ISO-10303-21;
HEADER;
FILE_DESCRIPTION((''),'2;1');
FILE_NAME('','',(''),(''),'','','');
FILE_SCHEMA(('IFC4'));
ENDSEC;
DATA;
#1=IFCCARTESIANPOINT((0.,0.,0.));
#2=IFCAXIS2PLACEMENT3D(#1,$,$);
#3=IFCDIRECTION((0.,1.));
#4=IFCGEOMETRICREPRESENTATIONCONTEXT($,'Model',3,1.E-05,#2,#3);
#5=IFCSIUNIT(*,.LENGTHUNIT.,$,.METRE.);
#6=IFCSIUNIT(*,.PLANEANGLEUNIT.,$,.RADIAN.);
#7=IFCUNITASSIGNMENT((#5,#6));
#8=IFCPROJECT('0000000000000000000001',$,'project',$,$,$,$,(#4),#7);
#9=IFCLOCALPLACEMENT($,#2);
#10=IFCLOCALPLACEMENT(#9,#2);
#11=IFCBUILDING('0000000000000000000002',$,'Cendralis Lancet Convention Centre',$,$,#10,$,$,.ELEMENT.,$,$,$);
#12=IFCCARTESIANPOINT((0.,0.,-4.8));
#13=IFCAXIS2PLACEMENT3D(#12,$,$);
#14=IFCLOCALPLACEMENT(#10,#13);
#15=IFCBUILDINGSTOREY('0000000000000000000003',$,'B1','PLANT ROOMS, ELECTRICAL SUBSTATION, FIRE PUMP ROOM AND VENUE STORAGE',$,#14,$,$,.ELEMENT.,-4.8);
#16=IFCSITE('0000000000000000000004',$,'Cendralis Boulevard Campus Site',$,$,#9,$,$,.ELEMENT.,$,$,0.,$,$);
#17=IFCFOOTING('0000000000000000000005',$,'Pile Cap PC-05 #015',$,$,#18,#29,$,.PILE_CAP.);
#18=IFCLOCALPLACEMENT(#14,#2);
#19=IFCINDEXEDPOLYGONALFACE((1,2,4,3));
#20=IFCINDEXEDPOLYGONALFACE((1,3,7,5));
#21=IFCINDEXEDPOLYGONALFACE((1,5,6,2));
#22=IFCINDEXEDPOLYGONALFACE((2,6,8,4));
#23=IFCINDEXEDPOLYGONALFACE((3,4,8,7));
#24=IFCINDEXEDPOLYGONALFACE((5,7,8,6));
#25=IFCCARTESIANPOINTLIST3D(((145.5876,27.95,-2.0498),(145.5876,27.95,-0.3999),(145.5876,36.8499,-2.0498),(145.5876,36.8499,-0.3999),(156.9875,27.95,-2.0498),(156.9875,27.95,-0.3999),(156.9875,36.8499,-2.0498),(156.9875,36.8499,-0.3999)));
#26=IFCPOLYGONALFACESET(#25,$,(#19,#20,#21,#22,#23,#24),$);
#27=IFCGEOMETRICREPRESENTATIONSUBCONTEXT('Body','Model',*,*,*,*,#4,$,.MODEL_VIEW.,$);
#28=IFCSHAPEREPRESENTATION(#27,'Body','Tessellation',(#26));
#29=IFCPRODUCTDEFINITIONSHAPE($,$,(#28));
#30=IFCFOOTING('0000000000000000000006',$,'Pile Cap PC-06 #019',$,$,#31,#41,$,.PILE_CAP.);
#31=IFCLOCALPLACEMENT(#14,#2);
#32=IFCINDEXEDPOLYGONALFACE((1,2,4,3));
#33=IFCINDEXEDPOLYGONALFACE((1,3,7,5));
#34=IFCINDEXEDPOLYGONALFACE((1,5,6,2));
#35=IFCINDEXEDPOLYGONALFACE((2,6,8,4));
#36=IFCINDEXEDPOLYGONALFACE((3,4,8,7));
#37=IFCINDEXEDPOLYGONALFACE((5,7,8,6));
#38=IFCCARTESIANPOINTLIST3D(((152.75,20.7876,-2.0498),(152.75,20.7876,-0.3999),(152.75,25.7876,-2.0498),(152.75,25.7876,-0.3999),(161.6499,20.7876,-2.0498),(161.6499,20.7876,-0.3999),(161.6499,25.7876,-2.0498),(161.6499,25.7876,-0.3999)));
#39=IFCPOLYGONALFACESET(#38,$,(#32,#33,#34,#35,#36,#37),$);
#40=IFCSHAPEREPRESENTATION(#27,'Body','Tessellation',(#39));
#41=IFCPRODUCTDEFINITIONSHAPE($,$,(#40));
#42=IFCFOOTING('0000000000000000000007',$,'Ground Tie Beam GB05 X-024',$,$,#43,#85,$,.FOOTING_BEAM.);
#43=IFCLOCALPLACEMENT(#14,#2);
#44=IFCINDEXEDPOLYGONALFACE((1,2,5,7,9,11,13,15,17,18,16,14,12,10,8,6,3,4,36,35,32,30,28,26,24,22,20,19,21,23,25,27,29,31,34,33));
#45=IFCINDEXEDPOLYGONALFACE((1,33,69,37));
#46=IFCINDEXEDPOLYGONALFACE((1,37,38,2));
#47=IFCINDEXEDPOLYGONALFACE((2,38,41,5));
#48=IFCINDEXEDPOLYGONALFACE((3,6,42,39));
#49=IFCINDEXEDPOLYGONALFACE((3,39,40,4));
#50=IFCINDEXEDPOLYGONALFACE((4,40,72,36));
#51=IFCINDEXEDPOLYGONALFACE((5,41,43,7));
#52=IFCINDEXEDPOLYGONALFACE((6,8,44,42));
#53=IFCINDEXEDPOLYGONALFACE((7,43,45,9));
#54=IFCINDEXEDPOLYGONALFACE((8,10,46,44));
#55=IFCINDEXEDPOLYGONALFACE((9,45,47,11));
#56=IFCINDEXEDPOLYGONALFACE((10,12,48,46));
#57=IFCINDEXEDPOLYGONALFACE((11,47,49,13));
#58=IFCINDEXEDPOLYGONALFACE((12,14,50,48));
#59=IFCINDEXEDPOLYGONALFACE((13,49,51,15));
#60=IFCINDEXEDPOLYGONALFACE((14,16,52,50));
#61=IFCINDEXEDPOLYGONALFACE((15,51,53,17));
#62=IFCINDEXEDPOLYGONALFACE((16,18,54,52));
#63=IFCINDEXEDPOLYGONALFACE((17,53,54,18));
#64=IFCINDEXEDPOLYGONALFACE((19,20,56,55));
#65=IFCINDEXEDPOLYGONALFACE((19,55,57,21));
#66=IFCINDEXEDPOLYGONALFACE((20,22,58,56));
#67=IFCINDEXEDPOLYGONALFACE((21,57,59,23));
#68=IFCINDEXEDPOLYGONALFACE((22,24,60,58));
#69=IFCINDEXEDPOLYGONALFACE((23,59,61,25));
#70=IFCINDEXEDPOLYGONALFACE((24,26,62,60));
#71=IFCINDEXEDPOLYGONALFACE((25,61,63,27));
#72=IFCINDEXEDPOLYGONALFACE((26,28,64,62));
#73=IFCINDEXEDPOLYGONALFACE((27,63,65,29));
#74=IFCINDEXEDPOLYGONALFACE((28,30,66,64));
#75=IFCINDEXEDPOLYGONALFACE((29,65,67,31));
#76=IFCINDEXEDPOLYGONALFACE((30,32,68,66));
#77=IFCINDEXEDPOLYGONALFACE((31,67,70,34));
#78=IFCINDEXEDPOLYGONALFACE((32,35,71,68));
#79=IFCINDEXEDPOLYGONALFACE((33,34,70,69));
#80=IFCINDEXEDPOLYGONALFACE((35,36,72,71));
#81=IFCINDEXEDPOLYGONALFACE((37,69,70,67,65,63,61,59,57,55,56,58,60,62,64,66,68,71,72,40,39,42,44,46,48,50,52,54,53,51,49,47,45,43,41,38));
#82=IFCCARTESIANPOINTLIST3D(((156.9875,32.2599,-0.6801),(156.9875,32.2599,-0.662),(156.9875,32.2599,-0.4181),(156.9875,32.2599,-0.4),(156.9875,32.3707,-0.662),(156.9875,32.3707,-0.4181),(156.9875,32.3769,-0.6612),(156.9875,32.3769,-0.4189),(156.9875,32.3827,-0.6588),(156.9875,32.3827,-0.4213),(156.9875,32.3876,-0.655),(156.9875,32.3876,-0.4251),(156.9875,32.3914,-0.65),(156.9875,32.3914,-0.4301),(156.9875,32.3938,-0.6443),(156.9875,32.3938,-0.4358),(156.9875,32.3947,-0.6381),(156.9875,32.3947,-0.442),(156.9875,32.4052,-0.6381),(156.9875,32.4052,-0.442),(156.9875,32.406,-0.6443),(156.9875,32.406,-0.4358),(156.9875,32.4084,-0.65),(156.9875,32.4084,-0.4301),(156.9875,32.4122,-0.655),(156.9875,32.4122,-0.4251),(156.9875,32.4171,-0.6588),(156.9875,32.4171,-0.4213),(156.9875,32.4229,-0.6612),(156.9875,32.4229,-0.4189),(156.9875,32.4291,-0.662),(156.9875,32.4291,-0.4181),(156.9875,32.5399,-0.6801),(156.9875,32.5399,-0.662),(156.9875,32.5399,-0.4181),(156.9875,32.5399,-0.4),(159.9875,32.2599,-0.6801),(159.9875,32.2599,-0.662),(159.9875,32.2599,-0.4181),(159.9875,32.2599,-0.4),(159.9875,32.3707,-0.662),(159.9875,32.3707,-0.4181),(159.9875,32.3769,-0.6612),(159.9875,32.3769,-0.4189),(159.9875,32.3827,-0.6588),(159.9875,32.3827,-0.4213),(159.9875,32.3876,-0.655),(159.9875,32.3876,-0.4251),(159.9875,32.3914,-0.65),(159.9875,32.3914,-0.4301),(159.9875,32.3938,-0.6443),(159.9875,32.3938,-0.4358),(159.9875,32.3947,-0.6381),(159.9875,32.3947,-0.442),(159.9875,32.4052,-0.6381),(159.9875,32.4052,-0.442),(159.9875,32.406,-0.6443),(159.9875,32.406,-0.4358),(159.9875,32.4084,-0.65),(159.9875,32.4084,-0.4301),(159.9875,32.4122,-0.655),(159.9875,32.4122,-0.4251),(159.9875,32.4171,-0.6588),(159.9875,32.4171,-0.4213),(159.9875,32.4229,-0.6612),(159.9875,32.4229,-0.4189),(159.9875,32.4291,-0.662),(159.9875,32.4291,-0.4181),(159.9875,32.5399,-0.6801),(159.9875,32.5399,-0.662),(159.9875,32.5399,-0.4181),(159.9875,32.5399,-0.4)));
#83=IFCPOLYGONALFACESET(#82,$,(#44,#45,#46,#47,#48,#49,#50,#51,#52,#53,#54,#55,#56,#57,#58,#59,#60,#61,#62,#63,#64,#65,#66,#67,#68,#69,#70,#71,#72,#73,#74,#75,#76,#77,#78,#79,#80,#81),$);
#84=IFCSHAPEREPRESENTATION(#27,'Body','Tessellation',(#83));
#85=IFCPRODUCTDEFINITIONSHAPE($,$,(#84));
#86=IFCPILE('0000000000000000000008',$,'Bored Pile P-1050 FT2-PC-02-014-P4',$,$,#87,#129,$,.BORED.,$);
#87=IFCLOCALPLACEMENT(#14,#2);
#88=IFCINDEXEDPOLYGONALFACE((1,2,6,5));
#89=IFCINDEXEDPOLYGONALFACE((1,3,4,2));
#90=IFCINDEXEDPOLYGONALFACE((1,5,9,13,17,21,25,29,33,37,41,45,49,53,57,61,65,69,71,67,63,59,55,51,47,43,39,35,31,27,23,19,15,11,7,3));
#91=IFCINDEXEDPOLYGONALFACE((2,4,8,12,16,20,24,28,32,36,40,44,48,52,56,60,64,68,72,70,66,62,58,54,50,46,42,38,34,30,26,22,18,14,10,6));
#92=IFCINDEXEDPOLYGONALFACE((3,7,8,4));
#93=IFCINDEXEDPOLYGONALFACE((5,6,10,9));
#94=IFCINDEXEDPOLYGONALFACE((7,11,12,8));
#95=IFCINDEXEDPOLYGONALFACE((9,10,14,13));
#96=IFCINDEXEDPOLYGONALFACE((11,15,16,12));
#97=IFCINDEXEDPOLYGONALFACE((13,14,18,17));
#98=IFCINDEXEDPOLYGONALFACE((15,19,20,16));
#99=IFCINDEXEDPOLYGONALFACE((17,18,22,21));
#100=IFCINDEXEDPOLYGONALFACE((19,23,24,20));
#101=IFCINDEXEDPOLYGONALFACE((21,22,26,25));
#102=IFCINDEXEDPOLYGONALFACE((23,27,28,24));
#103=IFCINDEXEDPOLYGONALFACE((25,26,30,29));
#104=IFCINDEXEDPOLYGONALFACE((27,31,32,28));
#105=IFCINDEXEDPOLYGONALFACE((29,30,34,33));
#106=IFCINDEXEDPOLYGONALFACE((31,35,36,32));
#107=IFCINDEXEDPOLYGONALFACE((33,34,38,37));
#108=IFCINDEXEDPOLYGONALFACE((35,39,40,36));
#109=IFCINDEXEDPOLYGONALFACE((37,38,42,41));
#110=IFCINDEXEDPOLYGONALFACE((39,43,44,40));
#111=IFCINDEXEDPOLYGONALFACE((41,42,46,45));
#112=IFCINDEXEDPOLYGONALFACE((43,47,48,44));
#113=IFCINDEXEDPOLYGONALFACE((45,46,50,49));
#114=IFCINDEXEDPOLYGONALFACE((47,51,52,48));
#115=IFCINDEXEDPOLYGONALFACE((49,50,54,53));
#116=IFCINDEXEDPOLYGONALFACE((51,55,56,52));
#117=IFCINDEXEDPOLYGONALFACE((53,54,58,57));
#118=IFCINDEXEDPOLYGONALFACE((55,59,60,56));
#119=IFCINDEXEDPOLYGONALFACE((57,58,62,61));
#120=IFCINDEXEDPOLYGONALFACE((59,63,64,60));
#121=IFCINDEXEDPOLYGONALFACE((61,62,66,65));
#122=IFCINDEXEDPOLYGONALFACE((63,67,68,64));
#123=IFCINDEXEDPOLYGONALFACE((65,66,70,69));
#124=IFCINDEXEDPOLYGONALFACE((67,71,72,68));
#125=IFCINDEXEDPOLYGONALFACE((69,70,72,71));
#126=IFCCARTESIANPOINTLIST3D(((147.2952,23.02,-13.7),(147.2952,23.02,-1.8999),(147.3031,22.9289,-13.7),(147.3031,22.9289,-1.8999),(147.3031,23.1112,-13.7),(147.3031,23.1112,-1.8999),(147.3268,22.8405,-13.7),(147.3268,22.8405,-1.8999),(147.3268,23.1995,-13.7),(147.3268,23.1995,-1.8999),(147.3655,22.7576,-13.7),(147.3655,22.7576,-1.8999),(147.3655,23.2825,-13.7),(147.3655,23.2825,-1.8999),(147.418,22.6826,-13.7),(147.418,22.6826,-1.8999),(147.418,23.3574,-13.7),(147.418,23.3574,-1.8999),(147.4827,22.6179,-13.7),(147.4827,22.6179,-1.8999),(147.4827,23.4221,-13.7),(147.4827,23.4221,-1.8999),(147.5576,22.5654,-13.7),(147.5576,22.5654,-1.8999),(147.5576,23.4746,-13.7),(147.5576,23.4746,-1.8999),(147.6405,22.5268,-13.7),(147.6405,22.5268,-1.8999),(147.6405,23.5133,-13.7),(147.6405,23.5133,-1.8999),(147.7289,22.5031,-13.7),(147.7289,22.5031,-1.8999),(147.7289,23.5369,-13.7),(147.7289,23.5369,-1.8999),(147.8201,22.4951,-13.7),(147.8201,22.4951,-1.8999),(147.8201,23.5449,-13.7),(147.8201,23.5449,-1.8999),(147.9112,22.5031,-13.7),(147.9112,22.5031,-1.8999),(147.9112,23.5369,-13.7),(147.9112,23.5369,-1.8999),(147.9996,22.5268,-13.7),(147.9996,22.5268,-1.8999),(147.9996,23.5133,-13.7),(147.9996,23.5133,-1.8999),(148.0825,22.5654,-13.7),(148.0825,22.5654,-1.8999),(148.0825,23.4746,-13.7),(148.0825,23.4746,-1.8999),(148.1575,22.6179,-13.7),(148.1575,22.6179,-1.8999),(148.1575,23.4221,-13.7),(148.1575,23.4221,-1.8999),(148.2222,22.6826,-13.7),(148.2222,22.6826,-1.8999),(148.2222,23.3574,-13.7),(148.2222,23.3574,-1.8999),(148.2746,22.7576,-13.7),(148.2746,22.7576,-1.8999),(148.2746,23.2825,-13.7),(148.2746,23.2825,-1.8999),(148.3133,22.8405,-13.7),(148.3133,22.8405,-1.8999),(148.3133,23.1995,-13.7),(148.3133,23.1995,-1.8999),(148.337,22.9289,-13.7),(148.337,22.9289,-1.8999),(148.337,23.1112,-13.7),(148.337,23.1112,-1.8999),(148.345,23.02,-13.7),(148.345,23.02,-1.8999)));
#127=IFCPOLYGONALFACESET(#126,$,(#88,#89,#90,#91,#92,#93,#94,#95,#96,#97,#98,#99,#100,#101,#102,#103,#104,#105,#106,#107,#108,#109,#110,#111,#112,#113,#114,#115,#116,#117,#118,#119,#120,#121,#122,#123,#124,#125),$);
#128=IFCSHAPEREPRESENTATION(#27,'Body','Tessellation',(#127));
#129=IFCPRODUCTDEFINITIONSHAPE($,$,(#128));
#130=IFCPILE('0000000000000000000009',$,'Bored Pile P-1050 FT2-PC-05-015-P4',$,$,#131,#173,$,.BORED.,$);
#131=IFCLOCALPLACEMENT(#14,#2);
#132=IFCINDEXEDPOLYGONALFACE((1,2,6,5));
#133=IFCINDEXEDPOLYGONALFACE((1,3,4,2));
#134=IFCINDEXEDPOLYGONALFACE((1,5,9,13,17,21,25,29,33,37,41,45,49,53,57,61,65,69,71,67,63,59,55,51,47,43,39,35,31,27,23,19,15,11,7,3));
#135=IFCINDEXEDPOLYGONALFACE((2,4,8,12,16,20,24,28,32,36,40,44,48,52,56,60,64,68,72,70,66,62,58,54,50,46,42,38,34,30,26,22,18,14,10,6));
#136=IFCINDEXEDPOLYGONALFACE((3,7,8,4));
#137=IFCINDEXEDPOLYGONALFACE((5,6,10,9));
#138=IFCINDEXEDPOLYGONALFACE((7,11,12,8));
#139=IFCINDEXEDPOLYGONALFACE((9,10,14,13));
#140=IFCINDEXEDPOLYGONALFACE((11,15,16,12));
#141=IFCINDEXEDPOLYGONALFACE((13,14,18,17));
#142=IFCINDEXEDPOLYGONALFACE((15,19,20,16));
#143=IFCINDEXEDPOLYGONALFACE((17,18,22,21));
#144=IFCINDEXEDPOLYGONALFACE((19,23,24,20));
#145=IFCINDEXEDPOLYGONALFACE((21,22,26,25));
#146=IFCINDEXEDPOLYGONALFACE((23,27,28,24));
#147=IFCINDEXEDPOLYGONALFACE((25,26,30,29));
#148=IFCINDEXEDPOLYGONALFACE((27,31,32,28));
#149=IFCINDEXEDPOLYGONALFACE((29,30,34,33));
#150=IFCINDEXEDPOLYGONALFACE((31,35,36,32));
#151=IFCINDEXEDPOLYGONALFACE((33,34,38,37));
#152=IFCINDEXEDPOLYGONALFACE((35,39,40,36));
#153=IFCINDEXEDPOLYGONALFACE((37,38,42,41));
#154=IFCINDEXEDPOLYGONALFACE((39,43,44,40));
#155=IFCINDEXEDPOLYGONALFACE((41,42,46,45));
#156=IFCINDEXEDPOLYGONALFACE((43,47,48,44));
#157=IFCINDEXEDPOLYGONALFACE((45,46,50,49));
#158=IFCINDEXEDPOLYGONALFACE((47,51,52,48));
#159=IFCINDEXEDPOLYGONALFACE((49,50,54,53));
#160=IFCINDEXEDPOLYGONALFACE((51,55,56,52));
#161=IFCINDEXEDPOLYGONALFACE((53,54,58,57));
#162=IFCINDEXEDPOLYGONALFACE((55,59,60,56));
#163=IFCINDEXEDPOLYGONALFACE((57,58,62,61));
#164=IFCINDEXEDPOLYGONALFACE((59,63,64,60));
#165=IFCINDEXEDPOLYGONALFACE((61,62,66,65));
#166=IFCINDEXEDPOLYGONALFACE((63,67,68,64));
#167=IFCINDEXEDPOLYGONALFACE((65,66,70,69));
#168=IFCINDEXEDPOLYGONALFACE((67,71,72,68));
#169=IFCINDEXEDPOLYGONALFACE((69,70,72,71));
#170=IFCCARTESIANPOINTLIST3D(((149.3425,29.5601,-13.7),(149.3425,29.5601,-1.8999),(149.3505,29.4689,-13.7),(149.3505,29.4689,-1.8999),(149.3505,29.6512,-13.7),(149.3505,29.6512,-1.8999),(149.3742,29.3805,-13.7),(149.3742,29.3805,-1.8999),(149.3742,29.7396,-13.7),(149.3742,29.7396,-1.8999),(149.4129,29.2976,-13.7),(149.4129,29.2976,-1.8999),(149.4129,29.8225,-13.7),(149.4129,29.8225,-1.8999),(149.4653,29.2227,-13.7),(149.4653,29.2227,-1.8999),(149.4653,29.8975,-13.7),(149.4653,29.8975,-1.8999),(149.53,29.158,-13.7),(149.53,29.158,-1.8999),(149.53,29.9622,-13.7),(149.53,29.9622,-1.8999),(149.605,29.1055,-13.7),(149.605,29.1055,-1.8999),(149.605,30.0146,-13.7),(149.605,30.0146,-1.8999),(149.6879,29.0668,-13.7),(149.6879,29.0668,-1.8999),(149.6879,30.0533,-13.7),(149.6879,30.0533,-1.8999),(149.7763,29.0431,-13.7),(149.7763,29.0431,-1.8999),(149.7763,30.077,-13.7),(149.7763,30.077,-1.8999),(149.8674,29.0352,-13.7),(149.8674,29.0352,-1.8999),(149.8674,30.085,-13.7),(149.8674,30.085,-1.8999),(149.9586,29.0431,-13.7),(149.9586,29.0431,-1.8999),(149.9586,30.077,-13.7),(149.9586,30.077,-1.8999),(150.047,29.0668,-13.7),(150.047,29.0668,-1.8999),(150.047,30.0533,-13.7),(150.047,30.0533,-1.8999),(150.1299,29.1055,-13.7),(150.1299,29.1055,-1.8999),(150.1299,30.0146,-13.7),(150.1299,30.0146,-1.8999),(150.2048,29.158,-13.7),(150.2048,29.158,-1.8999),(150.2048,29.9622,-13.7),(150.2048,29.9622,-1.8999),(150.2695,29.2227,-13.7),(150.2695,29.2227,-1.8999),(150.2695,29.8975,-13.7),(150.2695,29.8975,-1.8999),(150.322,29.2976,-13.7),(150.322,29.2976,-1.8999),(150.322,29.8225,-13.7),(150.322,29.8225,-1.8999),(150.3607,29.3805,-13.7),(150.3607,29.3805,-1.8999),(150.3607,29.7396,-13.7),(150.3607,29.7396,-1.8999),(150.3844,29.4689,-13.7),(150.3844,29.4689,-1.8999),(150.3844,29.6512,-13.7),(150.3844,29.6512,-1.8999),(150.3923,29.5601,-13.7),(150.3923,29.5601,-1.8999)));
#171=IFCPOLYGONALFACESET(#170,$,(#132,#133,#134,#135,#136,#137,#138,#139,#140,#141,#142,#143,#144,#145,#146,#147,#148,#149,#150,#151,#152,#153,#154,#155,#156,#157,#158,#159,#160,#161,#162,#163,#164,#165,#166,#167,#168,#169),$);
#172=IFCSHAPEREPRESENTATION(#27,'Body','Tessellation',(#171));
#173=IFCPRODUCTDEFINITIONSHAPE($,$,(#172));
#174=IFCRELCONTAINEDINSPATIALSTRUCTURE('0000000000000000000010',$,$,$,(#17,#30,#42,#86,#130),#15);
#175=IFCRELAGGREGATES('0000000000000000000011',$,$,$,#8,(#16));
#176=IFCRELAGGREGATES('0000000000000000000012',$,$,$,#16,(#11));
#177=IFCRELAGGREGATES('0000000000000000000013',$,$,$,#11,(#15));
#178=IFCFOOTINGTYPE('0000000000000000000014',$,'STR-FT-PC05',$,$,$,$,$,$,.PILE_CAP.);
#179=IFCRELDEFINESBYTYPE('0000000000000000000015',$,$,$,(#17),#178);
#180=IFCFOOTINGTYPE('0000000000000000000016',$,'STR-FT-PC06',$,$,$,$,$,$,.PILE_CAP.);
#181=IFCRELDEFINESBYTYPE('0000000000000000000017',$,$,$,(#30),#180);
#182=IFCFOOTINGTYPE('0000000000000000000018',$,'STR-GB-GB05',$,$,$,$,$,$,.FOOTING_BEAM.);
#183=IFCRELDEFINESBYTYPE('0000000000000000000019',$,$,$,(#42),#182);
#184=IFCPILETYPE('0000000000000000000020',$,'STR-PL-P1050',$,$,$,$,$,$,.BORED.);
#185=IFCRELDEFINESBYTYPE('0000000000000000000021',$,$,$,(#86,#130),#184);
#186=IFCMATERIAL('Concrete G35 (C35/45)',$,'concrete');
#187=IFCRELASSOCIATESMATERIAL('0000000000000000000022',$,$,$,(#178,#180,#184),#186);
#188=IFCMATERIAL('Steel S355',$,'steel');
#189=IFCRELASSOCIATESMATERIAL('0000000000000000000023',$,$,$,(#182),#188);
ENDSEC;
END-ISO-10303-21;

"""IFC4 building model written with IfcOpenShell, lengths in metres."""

from ifc_helpers import new_model, si_unit, direction, frame, origin, origin_2d, place, context, subcontext, project, spatial, rectangle, circle, i_section, extrude, material, material_profile, profile_set, type_object, element, save


model = new_model("IFC4")

# Units and contexts
model_context = context("Model", 3, precision=1e-05, world=origin(), true_north=direction((0.0, 1.0)))
body_context = subcontext(model_context, "Body", "Model", "MODEL_VIEW")
ifc_project = project(units=[si_unit("LENGTHUNIT", "METRE"), si_unit("PLANEANGLEUNIT", "RADIAN")], contexts=[model_context])

# Site, building, storey
site_placement = place(None, origin())
site = spatial("IfcSite", under=ifc_project, at=site_placement, Name="Cendralis Boulevard Campus Site", CompositionType="ELEMENT", RefElevation=0.0)
building_placement = place(site_placement, origin())
building = spatial("IfcBuilding", under=site, at=building_placement, Name="Cendralis Lancet Convention Centre", CompositionType="ELEMENT")
storey_placement = place(building_placement, frame((0.0, 0.0, -4.8)))
storey = spatial("IfcBuildingStorey", under=building, at=storey_placement, Name="B1", Description="PLANT ROOMS, ELECTRICAL SUBSTATION, FIRE PUMP ROOM AND VENUE STORAGE", CompositionType="ELEMENT", Elevation=-4.8)

# Footings
ifc_material_1 = material(Name="Concrete G35 (C35/45)", Category="concrete")
footing_type_1 = type_object("IfcFootingType", Name="STR-FT-PC05", PredefinedType="PILE_CAP", material=ifc_material_1)
footing_1_placement = place(storey_placement, frame((151.2876, 32.3999, -2.0498), z_axis=(0.0, 0.0, 1.0), x_axis=(1.0, 0.0, 0.0)))
element("IfcFooting", 1, at=footing_1_placement, inside=storey, type_object=footing_type_1, Name="Pile Cap PC-05 #015", PredefinedType="PILE_CAP", context=body_context, shape_type="SweptSolid", body=[
    extrude(rectangle(XDim=11.3999, YDim=8.8999, at=origin_2d()), origin(), (0.0, 0.0, 1.0), 1.6499),
])
footing_type_2 = type_object("IfcFootingType", Name="STR-FT-PC06", PredefinedType="PILE_CAP", material=ifc_material_1)
footing_2_placement = place(storey_placement, frame((157.2, 23.2876, -2.0498), z_axis=(0.0, 0.0, 1.0), x_axis=(1.0, 0.0, 0.0)))
element("IfcFooting", 2, at=footing_2_placement, inside=storey, type_object=footing_type_2, Name="Pile Cap PC-06 #019", PredefinedType="PILE_CAP", context=body_context, shape_type="SweptSolid", body=[
    extrude(rectangle(XDim=8.8999, YDim=5.0, at=origin_2d()), origin(), (0.0, 0.0, 1.0), 1.6499),
])
ifc_material_2 = material(Name="Steel S355", Category="steel")
ifc_material_profile_1 = material_profile(ifc_material_2, i_section(OverallWidth=0.28, OverallDepth=0.28, WebThickness=0.0105, FlangeThickness=0.0181, FilletRadius=0.0239, at=origin_2d()), Name="HEB 280")
ifc_profile_set_1 = profile_set([ifc_material_profile_1], Name="Steel S355")
footing_type_3 = type_object("IfcFootingType", Name="STR-GB-GB05", PredefinedType="FOOTING_BEAM", material=ifc_profile_set_1)
footing_3_placement = place(storey_placement, frame((156.9875, 32.3999, -0.54), z_axis=(1.0, 0.0, 0.0), x_axis=(0.0, 1.0, 0.0)))
element("IfcFooting", 3, at=footing_3_placement, inside=storey, type_object=footing_type_3, Name="Ground Tie Beam GB05 X-024", PredefinedType="FOOTING_BEAM", context=body_context, shape_type="SweptSolid", body=[
    extrude(i_section(OverallWidth=0.28, OverallDepth=0.28, WebThickness=0.0105, FlangeThickness=0.0181, FilletRadius=0.0239, at=origin_2d()), origin(), (0.0, 0.0, 1.0), 3.0),
])

# Piles
ifc_material_profile_2 = material_profile(ifc_material_1, circle(Radius=0.5249, at=origin_2d()), Name="BORED PILE D1050")
ifc_profile_set_2 = profile_set([ifc_material_profile_2], Name="Concrete G35 (C35/45)")
pile_type = type_object("IfcPileType", Name="STR-PL-P1050", PredefinedType="BORED", material=ifc_profile_set_2)
for number, where, z_axis, x_axis, name in (
    (4, (147.8201, 23.02, -1.8999), (0.0, 0.0, -1.0), (1.0, 0.0, 0.0), "Bored Pile P-1050 FT2-PC-02-014-P4"),
    (5, (149.8674, 29.5601, -1.8999), (0.0, 0.0, -1.0), (1.0, 0.0, 0.0), "Bored Pile P-1050 FT2-PC-05-015-P4"),
):
    element("IfcPile", number, at=place(storey_placement, frame(where, z_axis=z_axis, x_axis=x_axis)), inside=storey, type_object=pile_type, Name=name, PredefinedType="BORED", context=body_context, shape_type="SweptSolid", body=[
        extrude(circle(Radius=0.5249, at=origin_2d()), origin(), (0.0, 0.0, 1.0), 11.8),
    ])

save(model, "model.ifc")
